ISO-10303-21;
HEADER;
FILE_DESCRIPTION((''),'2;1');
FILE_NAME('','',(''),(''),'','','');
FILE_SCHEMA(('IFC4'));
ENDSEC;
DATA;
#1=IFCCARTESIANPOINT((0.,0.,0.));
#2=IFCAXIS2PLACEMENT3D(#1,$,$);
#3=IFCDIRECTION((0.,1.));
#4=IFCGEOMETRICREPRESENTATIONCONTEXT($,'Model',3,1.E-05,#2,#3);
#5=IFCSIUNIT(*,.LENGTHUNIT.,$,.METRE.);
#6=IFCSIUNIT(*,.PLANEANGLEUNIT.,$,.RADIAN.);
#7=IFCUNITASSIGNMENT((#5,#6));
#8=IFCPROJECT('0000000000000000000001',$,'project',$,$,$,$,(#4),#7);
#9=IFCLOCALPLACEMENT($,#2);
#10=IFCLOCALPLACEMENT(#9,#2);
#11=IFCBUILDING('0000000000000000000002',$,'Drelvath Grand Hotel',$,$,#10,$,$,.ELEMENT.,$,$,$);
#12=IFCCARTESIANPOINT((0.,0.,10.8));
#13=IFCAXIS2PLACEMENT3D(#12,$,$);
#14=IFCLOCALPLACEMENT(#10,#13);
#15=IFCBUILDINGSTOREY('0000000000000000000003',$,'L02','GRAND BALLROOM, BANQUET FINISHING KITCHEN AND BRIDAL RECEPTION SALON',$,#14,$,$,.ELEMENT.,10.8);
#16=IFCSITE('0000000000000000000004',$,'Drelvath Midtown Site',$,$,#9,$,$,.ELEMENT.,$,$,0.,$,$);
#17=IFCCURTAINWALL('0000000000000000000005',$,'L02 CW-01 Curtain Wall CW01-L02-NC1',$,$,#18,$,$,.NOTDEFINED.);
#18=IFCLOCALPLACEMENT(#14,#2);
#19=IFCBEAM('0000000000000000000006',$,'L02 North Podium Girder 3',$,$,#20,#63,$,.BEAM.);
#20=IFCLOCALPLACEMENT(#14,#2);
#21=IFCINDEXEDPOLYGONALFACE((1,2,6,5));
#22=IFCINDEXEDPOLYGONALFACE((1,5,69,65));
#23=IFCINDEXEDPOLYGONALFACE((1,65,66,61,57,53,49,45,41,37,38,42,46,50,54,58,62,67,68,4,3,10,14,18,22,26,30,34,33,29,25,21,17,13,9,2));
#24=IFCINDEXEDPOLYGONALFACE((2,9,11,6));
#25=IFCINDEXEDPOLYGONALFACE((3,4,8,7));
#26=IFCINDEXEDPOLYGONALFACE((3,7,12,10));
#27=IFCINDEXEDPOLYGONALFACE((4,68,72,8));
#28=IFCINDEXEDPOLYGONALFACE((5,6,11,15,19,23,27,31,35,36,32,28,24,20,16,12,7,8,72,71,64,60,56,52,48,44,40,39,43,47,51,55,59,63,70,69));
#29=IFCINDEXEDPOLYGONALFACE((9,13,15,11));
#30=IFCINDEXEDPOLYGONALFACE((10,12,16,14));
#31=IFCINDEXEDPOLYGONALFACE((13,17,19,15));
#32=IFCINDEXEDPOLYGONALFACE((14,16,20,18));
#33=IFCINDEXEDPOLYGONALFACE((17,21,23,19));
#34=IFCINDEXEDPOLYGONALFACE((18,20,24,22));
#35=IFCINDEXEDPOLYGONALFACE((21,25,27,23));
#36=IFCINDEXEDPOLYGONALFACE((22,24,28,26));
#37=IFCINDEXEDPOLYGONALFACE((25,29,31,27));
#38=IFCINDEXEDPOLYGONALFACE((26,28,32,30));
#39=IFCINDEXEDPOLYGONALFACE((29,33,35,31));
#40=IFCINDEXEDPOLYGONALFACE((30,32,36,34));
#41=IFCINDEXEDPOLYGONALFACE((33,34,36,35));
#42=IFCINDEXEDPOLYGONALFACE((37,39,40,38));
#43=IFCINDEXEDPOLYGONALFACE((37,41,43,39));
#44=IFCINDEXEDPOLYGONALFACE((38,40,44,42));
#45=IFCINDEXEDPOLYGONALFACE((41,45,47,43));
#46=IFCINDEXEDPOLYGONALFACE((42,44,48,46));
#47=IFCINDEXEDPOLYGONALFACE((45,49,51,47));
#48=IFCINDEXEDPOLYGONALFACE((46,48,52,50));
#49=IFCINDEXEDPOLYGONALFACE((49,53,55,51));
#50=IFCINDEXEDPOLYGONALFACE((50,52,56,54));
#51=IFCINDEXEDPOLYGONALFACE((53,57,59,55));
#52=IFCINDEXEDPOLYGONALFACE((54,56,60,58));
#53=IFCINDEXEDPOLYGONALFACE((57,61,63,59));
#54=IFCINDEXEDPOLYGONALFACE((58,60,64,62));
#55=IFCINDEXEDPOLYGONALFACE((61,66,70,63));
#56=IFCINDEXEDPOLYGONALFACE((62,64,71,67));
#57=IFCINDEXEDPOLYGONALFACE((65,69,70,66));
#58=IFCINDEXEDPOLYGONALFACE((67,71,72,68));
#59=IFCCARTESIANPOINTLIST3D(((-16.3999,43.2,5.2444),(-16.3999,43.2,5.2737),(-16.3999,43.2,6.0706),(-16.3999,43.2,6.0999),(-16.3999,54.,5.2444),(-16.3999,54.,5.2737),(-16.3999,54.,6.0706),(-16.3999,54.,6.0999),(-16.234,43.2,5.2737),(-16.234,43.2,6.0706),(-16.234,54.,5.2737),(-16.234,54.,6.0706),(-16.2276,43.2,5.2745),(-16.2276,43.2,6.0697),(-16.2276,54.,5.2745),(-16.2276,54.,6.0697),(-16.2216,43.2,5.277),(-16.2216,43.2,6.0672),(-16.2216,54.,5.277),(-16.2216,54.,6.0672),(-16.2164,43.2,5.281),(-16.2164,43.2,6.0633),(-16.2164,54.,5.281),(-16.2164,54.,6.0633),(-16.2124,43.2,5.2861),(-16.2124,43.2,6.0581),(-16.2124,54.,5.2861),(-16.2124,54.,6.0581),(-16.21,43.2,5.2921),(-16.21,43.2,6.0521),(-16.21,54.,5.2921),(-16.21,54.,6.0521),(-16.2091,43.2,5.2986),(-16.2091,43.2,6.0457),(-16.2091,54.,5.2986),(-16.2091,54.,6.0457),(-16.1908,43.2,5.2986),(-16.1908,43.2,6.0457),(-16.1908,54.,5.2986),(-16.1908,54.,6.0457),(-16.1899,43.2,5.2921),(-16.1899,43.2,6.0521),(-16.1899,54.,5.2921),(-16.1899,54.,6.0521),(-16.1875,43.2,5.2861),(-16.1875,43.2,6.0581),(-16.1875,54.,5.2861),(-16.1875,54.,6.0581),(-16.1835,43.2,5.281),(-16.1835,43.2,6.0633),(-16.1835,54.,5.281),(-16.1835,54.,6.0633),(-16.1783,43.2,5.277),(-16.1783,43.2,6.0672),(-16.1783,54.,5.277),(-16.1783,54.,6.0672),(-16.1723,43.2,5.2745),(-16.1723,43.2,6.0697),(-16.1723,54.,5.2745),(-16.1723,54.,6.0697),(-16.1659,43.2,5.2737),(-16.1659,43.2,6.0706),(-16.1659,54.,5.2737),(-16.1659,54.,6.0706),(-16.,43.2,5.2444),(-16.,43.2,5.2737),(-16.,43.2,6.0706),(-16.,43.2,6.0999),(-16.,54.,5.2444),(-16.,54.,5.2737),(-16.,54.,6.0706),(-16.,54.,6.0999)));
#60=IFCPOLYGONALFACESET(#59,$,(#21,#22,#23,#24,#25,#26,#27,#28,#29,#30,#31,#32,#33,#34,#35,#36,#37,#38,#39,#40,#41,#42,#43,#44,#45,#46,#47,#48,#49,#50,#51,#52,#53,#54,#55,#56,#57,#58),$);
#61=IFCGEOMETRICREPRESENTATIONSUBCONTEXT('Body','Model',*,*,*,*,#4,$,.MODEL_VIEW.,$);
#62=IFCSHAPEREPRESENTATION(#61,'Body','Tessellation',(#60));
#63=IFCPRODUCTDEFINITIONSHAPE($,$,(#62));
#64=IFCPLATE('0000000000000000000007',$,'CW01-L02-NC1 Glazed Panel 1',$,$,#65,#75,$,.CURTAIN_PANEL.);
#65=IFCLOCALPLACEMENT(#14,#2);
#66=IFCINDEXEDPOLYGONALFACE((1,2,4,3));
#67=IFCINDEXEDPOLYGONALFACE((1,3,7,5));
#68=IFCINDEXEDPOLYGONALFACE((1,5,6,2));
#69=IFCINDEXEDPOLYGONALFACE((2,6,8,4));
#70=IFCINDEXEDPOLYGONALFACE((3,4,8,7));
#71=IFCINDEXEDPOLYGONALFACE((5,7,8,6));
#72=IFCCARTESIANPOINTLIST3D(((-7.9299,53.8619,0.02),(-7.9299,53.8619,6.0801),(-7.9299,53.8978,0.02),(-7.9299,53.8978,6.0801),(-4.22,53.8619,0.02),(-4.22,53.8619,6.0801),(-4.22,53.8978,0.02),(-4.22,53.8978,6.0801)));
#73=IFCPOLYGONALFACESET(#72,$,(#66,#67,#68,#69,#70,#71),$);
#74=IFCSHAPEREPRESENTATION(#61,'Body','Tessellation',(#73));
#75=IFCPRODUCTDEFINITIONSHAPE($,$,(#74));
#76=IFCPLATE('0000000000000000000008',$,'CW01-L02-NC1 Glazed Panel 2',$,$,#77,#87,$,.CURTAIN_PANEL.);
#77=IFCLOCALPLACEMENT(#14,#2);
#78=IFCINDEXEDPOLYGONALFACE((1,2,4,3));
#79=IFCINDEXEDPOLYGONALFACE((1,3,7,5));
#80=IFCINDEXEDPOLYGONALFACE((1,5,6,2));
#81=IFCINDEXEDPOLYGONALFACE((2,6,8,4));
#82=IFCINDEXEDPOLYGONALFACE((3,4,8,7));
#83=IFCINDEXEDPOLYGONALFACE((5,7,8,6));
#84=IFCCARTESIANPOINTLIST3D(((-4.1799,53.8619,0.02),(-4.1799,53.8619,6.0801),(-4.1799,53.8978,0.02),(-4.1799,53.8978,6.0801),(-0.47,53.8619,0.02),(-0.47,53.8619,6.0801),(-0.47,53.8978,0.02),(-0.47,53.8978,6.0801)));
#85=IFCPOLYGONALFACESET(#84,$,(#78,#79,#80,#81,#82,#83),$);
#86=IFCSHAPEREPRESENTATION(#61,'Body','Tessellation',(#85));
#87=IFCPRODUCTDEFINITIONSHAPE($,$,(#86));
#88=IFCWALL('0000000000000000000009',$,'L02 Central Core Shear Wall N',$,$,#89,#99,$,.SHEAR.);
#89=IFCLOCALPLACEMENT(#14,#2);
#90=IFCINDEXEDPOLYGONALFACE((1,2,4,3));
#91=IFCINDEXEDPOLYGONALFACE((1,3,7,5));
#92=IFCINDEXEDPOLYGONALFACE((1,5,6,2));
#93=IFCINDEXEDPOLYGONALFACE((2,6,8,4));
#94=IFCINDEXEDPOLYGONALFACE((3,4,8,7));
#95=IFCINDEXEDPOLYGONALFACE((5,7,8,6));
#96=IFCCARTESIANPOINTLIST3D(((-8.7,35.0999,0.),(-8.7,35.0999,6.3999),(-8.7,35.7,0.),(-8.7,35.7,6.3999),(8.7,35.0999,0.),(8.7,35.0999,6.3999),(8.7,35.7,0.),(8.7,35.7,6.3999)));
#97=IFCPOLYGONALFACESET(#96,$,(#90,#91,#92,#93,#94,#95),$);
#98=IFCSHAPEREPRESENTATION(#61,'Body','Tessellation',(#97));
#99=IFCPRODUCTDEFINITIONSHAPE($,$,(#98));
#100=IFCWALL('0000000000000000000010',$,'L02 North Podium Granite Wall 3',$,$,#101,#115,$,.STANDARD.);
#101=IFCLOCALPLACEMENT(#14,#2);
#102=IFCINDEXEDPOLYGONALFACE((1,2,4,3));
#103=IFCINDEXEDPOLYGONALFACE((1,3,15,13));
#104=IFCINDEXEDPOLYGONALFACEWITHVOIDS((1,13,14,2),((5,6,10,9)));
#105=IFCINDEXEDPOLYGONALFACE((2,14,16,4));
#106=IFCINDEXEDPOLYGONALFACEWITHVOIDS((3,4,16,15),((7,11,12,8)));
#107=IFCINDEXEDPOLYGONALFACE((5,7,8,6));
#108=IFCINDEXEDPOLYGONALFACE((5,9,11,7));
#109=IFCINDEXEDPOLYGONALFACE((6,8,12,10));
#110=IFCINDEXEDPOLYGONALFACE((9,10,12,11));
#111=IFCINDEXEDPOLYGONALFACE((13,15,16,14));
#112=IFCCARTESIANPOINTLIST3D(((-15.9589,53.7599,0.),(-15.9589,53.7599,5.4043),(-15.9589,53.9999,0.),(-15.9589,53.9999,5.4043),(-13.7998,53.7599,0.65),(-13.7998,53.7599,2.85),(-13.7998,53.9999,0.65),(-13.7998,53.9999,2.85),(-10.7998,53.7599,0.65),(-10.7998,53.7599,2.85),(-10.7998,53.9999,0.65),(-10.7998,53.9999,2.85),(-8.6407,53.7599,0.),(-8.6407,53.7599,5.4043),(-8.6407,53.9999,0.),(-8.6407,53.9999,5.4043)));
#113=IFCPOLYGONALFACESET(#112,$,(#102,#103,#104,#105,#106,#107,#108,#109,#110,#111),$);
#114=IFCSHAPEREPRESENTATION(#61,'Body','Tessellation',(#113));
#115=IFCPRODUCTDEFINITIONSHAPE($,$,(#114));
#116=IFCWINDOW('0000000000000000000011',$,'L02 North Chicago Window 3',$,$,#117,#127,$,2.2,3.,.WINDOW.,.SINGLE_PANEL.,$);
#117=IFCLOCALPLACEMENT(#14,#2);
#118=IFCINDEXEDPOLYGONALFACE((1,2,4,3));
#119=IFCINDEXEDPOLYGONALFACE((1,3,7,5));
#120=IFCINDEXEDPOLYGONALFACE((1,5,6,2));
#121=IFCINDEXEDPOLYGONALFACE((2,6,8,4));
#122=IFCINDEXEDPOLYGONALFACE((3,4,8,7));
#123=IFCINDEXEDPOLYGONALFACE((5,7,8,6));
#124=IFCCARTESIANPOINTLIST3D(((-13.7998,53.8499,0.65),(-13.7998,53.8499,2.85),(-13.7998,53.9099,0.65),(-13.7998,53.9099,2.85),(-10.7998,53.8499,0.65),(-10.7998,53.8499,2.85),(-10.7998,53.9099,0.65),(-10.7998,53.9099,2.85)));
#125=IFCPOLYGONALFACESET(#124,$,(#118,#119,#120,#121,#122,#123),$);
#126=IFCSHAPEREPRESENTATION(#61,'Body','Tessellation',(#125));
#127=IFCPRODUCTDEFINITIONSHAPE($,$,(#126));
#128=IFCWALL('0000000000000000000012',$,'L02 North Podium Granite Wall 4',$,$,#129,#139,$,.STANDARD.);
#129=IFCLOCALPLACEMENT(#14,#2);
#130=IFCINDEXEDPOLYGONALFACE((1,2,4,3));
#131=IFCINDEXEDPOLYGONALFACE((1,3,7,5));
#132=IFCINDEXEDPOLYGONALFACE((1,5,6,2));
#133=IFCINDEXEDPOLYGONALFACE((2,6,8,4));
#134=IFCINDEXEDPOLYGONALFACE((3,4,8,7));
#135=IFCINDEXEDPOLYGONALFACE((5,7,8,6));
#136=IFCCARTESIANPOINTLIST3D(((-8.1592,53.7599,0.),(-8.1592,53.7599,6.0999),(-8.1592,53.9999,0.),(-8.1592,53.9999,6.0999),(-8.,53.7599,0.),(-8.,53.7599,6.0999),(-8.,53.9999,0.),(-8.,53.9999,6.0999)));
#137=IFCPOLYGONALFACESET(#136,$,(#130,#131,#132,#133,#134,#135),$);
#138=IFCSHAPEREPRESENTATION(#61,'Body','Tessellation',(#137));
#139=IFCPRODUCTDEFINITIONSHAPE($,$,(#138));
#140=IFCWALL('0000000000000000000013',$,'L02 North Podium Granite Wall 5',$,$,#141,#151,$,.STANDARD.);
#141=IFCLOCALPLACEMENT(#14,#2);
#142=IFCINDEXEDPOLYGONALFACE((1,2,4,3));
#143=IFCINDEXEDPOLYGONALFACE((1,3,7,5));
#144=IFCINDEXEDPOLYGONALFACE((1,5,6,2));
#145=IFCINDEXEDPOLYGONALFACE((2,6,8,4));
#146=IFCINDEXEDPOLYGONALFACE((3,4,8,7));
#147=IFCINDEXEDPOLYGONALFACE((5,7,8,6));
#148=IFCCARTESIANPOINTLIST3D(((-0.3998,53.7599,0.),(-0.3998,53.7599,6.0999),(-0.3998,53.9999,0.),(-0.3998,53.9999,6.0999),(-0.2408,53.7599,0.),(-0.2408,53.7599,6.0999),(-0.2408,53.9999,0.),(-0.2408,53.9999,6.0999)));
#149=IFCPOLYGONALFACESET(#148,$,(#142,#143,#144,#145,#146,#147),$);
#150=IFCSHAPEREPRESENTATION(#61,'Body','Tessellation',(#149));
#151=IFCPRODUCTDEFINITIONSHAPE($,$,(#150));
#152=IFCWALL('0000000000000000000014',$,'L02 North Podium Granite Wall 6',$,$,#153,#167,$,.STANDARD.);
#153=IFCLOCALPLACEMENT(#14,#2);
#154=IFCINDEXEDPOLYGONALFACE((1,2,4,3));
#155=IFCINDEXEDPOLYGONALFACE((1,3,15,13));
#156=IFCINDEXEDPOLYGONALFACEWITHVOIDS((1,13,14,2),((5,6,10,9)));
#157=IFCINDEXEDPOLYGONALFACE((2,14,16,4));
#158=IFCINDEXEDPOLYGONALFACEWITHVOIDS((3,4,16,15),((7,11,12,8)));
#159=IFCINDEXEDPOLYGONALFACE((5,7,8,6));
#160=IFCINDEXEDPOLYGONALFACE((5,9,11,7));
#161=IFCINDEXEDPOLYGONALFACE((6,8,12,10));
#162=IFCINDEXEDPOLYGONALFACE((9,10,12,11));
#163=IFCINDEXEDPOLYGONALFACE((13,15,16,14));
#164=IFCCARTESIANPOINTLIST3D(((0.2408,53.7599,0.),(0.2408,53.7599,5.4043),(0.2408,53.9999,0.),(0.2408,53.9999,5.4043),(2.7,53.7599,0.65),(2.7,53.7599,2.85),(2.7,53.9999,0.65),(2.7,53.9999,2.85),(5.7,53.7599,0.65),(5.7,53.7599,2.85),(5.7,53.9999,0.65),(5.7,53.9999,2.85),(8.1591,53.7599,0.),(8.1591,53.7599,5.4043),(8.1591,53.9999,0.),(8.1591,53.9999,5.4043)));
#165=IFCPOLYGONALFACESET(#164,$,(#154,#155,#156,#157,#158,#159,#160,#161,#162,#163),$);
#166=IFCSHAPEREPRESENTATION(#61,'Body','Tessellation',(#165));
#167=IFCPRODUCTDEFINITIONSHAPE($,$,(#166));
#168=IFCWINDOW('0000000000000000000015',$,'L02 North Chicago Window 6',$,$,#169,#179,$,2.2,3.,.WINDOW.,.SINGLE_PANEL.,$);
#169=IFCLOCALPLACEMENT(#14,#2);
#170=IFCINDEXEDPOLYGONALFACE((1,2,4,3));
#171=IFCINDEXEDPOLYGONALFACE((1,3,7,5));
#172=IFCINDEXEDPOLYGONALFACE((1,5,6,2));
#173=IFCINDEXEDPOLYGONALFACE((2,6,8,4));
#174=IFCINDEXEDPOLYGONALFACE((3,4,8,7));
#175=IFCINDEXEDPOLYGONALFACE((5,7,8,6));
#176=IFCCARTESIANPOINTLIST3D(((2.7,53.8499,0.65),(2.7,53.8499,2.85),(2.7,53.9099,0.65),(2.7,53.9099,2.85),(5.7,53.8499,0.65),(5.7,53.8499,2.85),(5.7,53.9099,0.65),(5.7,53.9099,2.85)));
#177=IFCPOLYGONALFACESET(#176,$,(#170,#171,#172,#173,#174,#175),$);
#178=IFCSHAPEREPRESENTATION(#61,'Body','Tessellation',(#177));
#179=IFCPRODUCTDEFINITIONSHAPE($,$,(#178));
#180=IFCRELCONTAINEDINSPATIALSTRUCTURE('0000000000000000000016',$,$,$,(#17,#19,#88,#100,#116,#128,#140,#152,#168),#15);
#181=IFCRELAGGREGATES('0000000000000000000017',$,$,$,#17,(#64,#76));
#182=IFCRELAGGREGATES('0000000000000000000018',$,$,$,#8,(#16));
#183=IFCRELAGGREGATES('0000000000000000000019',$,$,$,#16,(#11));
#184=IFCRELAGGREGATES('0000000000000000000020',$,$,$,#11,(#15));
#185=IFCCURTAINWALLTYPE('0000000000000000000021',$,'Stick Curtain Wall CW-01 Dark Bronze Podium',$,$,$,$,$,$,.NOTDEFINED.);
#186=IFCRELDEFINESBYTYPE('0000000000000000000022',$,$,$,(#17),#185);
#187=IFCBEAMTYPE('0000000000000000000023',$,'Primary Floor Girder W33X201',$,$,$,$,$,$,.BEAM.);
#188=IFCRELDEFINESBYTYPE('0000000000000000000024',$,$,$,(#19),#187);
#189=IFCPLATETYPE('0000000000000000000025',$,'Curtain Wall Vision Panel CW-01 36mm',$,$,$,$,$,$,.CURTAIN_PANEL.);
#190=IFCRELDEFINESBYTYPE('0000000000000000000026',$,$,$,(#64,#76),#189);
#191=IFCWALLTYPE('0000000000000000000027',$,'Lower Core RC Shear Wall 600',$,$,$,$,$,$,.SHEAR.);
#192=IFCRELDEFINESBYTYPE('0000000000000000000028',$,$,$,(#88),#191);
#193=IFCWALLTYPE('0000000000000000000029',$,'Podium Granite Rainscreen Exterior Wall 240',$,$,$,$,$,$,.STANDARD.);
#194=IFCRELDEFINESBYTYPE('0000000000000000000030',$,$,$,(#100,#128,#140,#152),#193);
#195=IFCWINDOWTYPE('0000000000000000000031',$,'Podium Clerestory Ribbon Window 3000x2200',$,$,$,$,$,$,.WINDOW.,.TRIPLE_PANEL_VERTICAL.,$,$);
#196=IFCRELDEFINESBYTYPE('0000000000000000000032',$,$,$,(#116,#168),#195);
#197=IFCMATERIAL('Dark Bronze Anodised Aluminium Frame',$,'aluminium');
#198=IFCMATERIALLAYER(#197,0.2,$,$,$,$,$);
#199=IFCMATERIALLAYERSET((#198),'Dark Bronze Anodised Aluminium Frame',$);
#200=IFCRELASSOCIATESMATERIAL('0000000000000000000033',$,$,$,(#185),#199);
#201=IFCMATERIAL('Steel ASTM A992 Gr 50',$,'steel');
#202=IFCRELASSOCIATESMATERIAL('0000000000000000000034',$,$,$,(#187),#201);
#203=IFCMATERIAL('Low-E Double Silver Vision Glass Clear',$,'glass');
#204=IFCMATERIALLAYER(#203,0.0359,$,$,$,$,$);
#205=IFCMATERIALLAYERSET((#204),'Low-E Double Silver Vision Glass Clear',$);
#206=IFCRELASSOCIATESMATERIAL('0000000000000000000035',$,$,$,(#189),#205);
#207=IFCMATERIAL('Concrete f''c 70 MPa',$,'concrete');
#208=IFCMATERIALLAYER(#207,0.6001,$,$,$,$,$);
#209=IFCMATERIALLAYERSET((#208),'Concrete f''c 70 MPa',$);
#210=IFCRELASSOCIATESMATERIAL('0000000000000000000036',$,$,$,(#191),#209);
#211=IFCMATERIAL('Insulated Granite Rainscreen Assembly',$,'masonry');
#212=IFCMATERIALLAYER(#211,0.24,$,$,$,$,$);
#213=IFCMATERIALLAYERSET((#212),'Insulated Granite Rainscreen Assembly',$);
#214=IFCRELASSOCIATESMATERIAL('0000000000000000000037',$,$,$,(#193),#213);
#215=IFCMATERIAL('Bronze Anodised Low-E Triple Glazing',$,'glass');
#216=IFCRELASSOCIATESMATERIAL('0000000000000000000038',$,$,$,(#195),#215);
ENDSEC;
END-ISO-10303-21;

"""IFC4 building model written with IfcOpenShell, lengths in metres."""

from ifc_helpers import new_model, si_unit, direction, frame, frame_2d, origin, origin_2d, place, context, subcontext, project, spatial, rectangle, i_section, extrude, material, layer, layer_set, material_profile, profile_set, type_object, element, fill, aggregate, save


model = new_model("IFC4")

# Units and contexts
model_context = context("Model", 3, precision=1e-05, world=origin(), true_north=direction((0.0, 1.0)))
body_context = subcontext(model_context, "Body", "Model", "MODEL_VIEW")
ifc_project = project(units=[si_unit("LENGTHUNIT", "METRE"), si_unit("PLANEANGLEUNIT", "RADIAN")], contexts=[model_context])

# Site, building, storey
site_placement = place(None, origin())
site = spatial("IfcSite", under=ifc_project, at=site_placement, Name="Drelvath Midtown Site", CompositionType="ELEMENT", RefElevation=0.0)
building_placement = place(site_placement, origin())
building = spatial("IfcBuilding", under=site, at=building_placement, Name="Drelvath Grand Hotel", CompositionType="ELEMENT")
storey_placement = place(building_placement, frame((0.0, 0.0, 10.8)))
storey = spatial("IfcBuildingStorey", under=building, at=storey_placement, Name="L02", Description="GRAND BALLROOM, BANQUET FINISHING KITCHEN AND BRIDAL RECEPTION SALON", CompositionType="ELEMENT", Elevation=10.8)

# Curtain wall
ifc_material_1 = material(Name="Dark Bronze Anodised Aluminium Frame", Category="aluminium")
ifc_layer_1 = layer(ifc_material_1, 0.2)
ifc_layer_set_1 = layer_set([ifc_layer_1], Name="Dark Bronze Anodised Aluminium Frame")
curtain_wall_type = type_object("IfcCurtainWallType", Name="Stick Curtain Wall CW-01 Dark Bronze Podium", PredefinedType="NOTDEFINED", material=ifc_layer_set_1)
curtain_wall_placement = place(storey_placement, origin())
curtain_wall = element("IfcCurtainWall", 1, at=curtain_wall_placement, inside=storey, type_object=curtain_wall_type, Name="L02 CW-01 Curtain Wall CW01-L02-NC1", PredefinedType="NOTDEFINED")

# Beam
ifc_material_2 = material(Name="Steel ASTM A992 Gr 50", Category="steel")
ifc_material_profile_1 = material_profile(ifc_material_2, i_section(OverallWidth=0.3999, OverallDepth=0.8555, WebThickness=0.0183, FlangeThickness=0.0293, FilletRadius=0.0249, at=origin_2d()), Name="W33X201")
ifc_profile_set_1 = profile_set([ifc_material_profile_1], Name="Steel ASTM A992 Gr 50")
beam_type_1 = type_object("IfcBeamType", Name="Primary Floor Girder W33X201", PredefinedType="BEAM", material=ifc_profile_set_1)
beam_1_placement = place(storey_placement, frame((-16.2, 43.2, 5.6721), z_axis=(0.0, 1.0, 0.0), x_axis=(-1.0, 0.0, 0.0)))
element("IfcBeam", 2, at=beam_1_placement, inside=storey, type_object=beam_type_1, Name="L02 North Podium Girder 3", PredefinedType="BEAM", context=body_context, shape_type="SweptSolid", body=[
    extrude(i_section(OverallWidth=0.3999, OverallDepth=0.8555, WebThickness=0.0183, FlangeThickness=0.0293, FilletRadius=0.0249, at=origin_2d()), origin(), (0.0, 0.0, 1.0), 10.8),
])

# Plates
ifc_material_3 = material(Name="Low-E Double Silver Vision Glass Clear", Category="glass")
ifc_layer_2 = layer(ifc_material_3, 0.0359)
ifc_layer_set_2 = layer_set([ifc_layer_2], Name="Low-E Double Silver Vision Glass Clear")
plate_type = type_object("IfcPlateType", Name="Curtain Wall Vision Panel CW-01 36mm", PredefinedType="CURTAIN_PANEL", material=ifc_layer_set_2)
plate_1_placement = place(storey_placement, frame((-6.075, 53.8799, 0.02), z_axis=(0.0, 0.0, 1.0), x_axis=(1.0, 0.0, 0.0)))
plate_1 = element("IfcPlate", 3, at=plate_1_placement, type_object=plate_type, Name="CW01-L02-NC1 Glazed Panel 1", PredefinedType="CURTAIN_PANEL", context=body_context, shape_type="SweptSolid", body=[
    extrude(rectangle(XDim=3.71, YDim=0.0359, at=origin_2d()), origin(), (0.0, 0.0, 1.0), 6.0601),
])
plate_2_placement = place(storey_placement, frame((-2.325, 53.8799, 0.02), z_axis=(0.0, 0.0, 1.0), x_axis=(1.0, 0.0, 0.0)))
plate_2 = element("IfcPlate", 4, at=plate_2_placement, type_object=plate_type, Name="CW01-L02-NC1 Glazed Panel 2", PredefinedType="CURTAIN_PANEL", context=body_context, shape_type="SweptSolid", body=[
    extrude(rectangle(XDim=3.71, YDim=0.0359, at=origin_2d()), origin(), (0.0, 0.0, 1.0), 6.0601),
])
aggregate(curtain_wall, [plate_1, plate_2])

# Wall
ifc_material_4 = material(Name="Concrete f'c 70 MPa", Category="concrete")
ifc_layer_3 = layer(ifc_material_4, 0.6001)
ifc_layer_set_3 = layer_set([ifc_layer_3], Name="Concrete f'c 70 MPa")
wall_type_1 = type_object("IfcWallType", Name="Lower Core RC Shear Wall 600", PredefinedType="SHEAR", material=ifc_layer_set_3)
wall_1_placement = place(storey_placement, frame((-8.7, 35.3999, 0.0), z_axis=(0.0, 0.0, 1.0), x_axis=(1.0, 0.0, 0.0)))
element("IfcWall", 5, at=wall_1_placement, inside=storey, type_object=wall_type_1, Name="L02 Central Core Shear Wall N", PredefinedType="SHEAR", context=body_context, shape_type="SweptSolid", body=[
    extrude(rectangle(XDim=17.3999, YDim=0.6001, at=frame_2d((8.7, 0.0))), origin(), (0.0, 0.0, 1.0), 6.3999),
])

# Wall, opening, window
ifc_material_5 = material(Name="Insulated Granite Rainscreen Assembly", Category="masonry")
ifc_layer_4 = layer(ifc_material_5, 0.24)
ifc_layer_set_4 = layer_set([ifc_layer_4], Name="Insulated Granite Rainscreen Assembly")
wall_type_2 = type_object("IfcWallType", Name="Podium Granite Rainscreen Exterior Wall 240", PredefinedType="STANDARD", material=ifc_layer_set_4)
wall_2_placement = place(storey_placement, frame((-15.959, 53.8799, 0.0), z_axis=(0.0, 0.0, 1.0), x_axis=(1.0, 0.0, 0.0)))
wall_2 = element("IfcWall", 6, at=wall_2_placement, inside=storey, type_object=wall_type_2, Name="L02 North Podium Granite Wall 3", PredefinedType="STANDARD", context=body_context, shape_type="SweptSolid", body=[
    extrude(rectangle(XDim=7.3181, YDim=0.24, at=frame_2d((3.6592, 0.0))), origin(), (0.0, 0.0, 1.0), 5.4043),
])
opening_1_placement = place(wall_2_placement, frame((2.1592, 0.0, 0.6499)))
opening_1 = element("IfcOpeningElement", 7, at=opening_1_placement, cuts=wall_2, PredefinedType="OPENING", context=body_context, shape_type="SweptSolid", body=[
    extrude(rectangle(XDim=3.0, YDim=2.2, at=frame_2d((1.5, 1.1001))), frame((0.0, 0.1299, 0.0), z_axis=(0.0, -1.0, 0.0), x_axis=(1.0, 0.0, 0.0)), (0.0, 0.0, 1.0), 0.26),
])
ifc_material_6 = material(Name="Bronze Anodised Low-E Triple Glazing", Category="glass")
window_type = type_object("IfcWindowType", Name="Podium Clerestory Ribbon Window 3000x2200", PartitioningType="TRIPLE_PANEL_VERTICAL", PredefinedType="WINDOW", material=ifc_material_6)
window_1_placement = place(opening_1_placement, origin())
window_1 = element("IfcWindow", 8, at=window_1_placement, inside=storey, type_object=window_type, Name="L02 North Chicago Window 3", OverallHeight=2.2, OverallWidth=3.0, PartitioningType="SINGLE_PANEL", PredefinedType="WINDOW", context=body_context, shape_type="SweptSolid", body=[
    extrude(rectangle(XDim=3.0, YDim=2.2, at=frame_2d((1.5, 1.1001))), frame((0.0, 0.03, 0.0), z_axis=(0.0, -1.0, 0.0), x_axis=(1.0, 0.0, 0.0)), (0.0, 0.0, 1.0), 0.0601),
])
fill(opening_1, window_1)

# Walls
wall_3_placement = place(storey_placement, frame((-8.1592, 53.8799, 0.0), z_axis=(0.0, 0.0, 1.0), x_axis=(1.0, 0.0, 0.0)))
element("IfcWall", 9, at=wall_3_placement, inside=storey, type_object=wall_type_2, Name="L02 North Podium Granite Wall 4", PredefinedType="STANDARD", context=body_context, shape_type="SweptSolid", body=[
    extrude(rectangle(XDim=0.1592, YDim=0.24, at=frame_2d((0.0796, 0.0))), origin(), (0.0, 0.0, 1.0), 6.0999),
])
wall_4_placement = place(storey_placement, frame((-0.3999, 53.8799, 0.0), z_axis=(0.0, 0.0, 1.0), x_axis=(1.0, 0.0, 0.0)))
element("IfcWall", 10, at=wall_4_placement, inside=storey, type_object=wall_type_2, Name="L02 North Podium Granite Wall 5", PredefinedType="STANDARD", context=body_context, shape_type="SweptSolid", body=[
    extrude(rectangle(XDim=0.1589, YDim=0.24, at=frame_2d((0.0796, 0.0))), origin(), (0.0, 0.0, 1.0), 6.0999),
])

# Wall, opening, window
wall_5_placement = place(storey_placement, frame((0.241, 53.8799, 0.0), z_axis=(0.0, 0.0, 1.0), x_axis=(1.0, 0.0, 0.0)))
wall_5 = element("IfcWall", 11, at=wall_5_placement, inside=storey, type_object=wall_type_2, Name="L02 North Podium Granite Wall 6", PredefinedType="STANDARD", context=body_context, shape_type="SweptSolid", body=[
    extrude(rectangle(XDim=7.9182, YDim=0.24, at=frame_2d((3.959, 0.0))), origin(), (0.0, 0.0, 1.0), 5.4043),
])
opening_2_placement = place(wall_5_placement, frame((2.459, 0.0, 0.6499)))
opening_2 = element("IfcOpeningElement", 12, at=opening_2_placement, cuts=wall_5, PredefinedType="OPENING", context=body_context, shape_type="SweptSolid", body=[
    extrude(rectangle(XDim=3.0, YDim=2.2, at=frame_2d((1.5, 1.1001))), frame((0.0, 0.1299, 0.0), z_axis=(0.0, -1.0, 0.0), x_axis=(1.0, 0.0, 0.0)), (0.0, 0.0, 1.0), 0.26),
])
window_2_placement = place(opening_2_placement, origin())
window_2 = element("IfcWindow", 13, at=window_2_placement, inside=storey, type_object=window_type, Name="L02 North Chicago Window 6", OverallHeight=2.2, OverallWidth=3.0, PartitioningType="SINGLE_PANEL", PredefinedType="WINDOW", context=body_context, shape_type="SweptSolid", body=[
    extrude(rectangle(XDim=3.0, YDim=2.2, at=frame_2d((1.5, 1.1001))), frame((0.0, 0.03, 0.0), z_axis=(0.0, -1.0, 0.0), x_axis=(1.0, 0.0, 0.0)), (0.0, 0.0, 1.0), 0.0601),
])
fill(opening_2, window_2)

save(model, "model.ifc")
